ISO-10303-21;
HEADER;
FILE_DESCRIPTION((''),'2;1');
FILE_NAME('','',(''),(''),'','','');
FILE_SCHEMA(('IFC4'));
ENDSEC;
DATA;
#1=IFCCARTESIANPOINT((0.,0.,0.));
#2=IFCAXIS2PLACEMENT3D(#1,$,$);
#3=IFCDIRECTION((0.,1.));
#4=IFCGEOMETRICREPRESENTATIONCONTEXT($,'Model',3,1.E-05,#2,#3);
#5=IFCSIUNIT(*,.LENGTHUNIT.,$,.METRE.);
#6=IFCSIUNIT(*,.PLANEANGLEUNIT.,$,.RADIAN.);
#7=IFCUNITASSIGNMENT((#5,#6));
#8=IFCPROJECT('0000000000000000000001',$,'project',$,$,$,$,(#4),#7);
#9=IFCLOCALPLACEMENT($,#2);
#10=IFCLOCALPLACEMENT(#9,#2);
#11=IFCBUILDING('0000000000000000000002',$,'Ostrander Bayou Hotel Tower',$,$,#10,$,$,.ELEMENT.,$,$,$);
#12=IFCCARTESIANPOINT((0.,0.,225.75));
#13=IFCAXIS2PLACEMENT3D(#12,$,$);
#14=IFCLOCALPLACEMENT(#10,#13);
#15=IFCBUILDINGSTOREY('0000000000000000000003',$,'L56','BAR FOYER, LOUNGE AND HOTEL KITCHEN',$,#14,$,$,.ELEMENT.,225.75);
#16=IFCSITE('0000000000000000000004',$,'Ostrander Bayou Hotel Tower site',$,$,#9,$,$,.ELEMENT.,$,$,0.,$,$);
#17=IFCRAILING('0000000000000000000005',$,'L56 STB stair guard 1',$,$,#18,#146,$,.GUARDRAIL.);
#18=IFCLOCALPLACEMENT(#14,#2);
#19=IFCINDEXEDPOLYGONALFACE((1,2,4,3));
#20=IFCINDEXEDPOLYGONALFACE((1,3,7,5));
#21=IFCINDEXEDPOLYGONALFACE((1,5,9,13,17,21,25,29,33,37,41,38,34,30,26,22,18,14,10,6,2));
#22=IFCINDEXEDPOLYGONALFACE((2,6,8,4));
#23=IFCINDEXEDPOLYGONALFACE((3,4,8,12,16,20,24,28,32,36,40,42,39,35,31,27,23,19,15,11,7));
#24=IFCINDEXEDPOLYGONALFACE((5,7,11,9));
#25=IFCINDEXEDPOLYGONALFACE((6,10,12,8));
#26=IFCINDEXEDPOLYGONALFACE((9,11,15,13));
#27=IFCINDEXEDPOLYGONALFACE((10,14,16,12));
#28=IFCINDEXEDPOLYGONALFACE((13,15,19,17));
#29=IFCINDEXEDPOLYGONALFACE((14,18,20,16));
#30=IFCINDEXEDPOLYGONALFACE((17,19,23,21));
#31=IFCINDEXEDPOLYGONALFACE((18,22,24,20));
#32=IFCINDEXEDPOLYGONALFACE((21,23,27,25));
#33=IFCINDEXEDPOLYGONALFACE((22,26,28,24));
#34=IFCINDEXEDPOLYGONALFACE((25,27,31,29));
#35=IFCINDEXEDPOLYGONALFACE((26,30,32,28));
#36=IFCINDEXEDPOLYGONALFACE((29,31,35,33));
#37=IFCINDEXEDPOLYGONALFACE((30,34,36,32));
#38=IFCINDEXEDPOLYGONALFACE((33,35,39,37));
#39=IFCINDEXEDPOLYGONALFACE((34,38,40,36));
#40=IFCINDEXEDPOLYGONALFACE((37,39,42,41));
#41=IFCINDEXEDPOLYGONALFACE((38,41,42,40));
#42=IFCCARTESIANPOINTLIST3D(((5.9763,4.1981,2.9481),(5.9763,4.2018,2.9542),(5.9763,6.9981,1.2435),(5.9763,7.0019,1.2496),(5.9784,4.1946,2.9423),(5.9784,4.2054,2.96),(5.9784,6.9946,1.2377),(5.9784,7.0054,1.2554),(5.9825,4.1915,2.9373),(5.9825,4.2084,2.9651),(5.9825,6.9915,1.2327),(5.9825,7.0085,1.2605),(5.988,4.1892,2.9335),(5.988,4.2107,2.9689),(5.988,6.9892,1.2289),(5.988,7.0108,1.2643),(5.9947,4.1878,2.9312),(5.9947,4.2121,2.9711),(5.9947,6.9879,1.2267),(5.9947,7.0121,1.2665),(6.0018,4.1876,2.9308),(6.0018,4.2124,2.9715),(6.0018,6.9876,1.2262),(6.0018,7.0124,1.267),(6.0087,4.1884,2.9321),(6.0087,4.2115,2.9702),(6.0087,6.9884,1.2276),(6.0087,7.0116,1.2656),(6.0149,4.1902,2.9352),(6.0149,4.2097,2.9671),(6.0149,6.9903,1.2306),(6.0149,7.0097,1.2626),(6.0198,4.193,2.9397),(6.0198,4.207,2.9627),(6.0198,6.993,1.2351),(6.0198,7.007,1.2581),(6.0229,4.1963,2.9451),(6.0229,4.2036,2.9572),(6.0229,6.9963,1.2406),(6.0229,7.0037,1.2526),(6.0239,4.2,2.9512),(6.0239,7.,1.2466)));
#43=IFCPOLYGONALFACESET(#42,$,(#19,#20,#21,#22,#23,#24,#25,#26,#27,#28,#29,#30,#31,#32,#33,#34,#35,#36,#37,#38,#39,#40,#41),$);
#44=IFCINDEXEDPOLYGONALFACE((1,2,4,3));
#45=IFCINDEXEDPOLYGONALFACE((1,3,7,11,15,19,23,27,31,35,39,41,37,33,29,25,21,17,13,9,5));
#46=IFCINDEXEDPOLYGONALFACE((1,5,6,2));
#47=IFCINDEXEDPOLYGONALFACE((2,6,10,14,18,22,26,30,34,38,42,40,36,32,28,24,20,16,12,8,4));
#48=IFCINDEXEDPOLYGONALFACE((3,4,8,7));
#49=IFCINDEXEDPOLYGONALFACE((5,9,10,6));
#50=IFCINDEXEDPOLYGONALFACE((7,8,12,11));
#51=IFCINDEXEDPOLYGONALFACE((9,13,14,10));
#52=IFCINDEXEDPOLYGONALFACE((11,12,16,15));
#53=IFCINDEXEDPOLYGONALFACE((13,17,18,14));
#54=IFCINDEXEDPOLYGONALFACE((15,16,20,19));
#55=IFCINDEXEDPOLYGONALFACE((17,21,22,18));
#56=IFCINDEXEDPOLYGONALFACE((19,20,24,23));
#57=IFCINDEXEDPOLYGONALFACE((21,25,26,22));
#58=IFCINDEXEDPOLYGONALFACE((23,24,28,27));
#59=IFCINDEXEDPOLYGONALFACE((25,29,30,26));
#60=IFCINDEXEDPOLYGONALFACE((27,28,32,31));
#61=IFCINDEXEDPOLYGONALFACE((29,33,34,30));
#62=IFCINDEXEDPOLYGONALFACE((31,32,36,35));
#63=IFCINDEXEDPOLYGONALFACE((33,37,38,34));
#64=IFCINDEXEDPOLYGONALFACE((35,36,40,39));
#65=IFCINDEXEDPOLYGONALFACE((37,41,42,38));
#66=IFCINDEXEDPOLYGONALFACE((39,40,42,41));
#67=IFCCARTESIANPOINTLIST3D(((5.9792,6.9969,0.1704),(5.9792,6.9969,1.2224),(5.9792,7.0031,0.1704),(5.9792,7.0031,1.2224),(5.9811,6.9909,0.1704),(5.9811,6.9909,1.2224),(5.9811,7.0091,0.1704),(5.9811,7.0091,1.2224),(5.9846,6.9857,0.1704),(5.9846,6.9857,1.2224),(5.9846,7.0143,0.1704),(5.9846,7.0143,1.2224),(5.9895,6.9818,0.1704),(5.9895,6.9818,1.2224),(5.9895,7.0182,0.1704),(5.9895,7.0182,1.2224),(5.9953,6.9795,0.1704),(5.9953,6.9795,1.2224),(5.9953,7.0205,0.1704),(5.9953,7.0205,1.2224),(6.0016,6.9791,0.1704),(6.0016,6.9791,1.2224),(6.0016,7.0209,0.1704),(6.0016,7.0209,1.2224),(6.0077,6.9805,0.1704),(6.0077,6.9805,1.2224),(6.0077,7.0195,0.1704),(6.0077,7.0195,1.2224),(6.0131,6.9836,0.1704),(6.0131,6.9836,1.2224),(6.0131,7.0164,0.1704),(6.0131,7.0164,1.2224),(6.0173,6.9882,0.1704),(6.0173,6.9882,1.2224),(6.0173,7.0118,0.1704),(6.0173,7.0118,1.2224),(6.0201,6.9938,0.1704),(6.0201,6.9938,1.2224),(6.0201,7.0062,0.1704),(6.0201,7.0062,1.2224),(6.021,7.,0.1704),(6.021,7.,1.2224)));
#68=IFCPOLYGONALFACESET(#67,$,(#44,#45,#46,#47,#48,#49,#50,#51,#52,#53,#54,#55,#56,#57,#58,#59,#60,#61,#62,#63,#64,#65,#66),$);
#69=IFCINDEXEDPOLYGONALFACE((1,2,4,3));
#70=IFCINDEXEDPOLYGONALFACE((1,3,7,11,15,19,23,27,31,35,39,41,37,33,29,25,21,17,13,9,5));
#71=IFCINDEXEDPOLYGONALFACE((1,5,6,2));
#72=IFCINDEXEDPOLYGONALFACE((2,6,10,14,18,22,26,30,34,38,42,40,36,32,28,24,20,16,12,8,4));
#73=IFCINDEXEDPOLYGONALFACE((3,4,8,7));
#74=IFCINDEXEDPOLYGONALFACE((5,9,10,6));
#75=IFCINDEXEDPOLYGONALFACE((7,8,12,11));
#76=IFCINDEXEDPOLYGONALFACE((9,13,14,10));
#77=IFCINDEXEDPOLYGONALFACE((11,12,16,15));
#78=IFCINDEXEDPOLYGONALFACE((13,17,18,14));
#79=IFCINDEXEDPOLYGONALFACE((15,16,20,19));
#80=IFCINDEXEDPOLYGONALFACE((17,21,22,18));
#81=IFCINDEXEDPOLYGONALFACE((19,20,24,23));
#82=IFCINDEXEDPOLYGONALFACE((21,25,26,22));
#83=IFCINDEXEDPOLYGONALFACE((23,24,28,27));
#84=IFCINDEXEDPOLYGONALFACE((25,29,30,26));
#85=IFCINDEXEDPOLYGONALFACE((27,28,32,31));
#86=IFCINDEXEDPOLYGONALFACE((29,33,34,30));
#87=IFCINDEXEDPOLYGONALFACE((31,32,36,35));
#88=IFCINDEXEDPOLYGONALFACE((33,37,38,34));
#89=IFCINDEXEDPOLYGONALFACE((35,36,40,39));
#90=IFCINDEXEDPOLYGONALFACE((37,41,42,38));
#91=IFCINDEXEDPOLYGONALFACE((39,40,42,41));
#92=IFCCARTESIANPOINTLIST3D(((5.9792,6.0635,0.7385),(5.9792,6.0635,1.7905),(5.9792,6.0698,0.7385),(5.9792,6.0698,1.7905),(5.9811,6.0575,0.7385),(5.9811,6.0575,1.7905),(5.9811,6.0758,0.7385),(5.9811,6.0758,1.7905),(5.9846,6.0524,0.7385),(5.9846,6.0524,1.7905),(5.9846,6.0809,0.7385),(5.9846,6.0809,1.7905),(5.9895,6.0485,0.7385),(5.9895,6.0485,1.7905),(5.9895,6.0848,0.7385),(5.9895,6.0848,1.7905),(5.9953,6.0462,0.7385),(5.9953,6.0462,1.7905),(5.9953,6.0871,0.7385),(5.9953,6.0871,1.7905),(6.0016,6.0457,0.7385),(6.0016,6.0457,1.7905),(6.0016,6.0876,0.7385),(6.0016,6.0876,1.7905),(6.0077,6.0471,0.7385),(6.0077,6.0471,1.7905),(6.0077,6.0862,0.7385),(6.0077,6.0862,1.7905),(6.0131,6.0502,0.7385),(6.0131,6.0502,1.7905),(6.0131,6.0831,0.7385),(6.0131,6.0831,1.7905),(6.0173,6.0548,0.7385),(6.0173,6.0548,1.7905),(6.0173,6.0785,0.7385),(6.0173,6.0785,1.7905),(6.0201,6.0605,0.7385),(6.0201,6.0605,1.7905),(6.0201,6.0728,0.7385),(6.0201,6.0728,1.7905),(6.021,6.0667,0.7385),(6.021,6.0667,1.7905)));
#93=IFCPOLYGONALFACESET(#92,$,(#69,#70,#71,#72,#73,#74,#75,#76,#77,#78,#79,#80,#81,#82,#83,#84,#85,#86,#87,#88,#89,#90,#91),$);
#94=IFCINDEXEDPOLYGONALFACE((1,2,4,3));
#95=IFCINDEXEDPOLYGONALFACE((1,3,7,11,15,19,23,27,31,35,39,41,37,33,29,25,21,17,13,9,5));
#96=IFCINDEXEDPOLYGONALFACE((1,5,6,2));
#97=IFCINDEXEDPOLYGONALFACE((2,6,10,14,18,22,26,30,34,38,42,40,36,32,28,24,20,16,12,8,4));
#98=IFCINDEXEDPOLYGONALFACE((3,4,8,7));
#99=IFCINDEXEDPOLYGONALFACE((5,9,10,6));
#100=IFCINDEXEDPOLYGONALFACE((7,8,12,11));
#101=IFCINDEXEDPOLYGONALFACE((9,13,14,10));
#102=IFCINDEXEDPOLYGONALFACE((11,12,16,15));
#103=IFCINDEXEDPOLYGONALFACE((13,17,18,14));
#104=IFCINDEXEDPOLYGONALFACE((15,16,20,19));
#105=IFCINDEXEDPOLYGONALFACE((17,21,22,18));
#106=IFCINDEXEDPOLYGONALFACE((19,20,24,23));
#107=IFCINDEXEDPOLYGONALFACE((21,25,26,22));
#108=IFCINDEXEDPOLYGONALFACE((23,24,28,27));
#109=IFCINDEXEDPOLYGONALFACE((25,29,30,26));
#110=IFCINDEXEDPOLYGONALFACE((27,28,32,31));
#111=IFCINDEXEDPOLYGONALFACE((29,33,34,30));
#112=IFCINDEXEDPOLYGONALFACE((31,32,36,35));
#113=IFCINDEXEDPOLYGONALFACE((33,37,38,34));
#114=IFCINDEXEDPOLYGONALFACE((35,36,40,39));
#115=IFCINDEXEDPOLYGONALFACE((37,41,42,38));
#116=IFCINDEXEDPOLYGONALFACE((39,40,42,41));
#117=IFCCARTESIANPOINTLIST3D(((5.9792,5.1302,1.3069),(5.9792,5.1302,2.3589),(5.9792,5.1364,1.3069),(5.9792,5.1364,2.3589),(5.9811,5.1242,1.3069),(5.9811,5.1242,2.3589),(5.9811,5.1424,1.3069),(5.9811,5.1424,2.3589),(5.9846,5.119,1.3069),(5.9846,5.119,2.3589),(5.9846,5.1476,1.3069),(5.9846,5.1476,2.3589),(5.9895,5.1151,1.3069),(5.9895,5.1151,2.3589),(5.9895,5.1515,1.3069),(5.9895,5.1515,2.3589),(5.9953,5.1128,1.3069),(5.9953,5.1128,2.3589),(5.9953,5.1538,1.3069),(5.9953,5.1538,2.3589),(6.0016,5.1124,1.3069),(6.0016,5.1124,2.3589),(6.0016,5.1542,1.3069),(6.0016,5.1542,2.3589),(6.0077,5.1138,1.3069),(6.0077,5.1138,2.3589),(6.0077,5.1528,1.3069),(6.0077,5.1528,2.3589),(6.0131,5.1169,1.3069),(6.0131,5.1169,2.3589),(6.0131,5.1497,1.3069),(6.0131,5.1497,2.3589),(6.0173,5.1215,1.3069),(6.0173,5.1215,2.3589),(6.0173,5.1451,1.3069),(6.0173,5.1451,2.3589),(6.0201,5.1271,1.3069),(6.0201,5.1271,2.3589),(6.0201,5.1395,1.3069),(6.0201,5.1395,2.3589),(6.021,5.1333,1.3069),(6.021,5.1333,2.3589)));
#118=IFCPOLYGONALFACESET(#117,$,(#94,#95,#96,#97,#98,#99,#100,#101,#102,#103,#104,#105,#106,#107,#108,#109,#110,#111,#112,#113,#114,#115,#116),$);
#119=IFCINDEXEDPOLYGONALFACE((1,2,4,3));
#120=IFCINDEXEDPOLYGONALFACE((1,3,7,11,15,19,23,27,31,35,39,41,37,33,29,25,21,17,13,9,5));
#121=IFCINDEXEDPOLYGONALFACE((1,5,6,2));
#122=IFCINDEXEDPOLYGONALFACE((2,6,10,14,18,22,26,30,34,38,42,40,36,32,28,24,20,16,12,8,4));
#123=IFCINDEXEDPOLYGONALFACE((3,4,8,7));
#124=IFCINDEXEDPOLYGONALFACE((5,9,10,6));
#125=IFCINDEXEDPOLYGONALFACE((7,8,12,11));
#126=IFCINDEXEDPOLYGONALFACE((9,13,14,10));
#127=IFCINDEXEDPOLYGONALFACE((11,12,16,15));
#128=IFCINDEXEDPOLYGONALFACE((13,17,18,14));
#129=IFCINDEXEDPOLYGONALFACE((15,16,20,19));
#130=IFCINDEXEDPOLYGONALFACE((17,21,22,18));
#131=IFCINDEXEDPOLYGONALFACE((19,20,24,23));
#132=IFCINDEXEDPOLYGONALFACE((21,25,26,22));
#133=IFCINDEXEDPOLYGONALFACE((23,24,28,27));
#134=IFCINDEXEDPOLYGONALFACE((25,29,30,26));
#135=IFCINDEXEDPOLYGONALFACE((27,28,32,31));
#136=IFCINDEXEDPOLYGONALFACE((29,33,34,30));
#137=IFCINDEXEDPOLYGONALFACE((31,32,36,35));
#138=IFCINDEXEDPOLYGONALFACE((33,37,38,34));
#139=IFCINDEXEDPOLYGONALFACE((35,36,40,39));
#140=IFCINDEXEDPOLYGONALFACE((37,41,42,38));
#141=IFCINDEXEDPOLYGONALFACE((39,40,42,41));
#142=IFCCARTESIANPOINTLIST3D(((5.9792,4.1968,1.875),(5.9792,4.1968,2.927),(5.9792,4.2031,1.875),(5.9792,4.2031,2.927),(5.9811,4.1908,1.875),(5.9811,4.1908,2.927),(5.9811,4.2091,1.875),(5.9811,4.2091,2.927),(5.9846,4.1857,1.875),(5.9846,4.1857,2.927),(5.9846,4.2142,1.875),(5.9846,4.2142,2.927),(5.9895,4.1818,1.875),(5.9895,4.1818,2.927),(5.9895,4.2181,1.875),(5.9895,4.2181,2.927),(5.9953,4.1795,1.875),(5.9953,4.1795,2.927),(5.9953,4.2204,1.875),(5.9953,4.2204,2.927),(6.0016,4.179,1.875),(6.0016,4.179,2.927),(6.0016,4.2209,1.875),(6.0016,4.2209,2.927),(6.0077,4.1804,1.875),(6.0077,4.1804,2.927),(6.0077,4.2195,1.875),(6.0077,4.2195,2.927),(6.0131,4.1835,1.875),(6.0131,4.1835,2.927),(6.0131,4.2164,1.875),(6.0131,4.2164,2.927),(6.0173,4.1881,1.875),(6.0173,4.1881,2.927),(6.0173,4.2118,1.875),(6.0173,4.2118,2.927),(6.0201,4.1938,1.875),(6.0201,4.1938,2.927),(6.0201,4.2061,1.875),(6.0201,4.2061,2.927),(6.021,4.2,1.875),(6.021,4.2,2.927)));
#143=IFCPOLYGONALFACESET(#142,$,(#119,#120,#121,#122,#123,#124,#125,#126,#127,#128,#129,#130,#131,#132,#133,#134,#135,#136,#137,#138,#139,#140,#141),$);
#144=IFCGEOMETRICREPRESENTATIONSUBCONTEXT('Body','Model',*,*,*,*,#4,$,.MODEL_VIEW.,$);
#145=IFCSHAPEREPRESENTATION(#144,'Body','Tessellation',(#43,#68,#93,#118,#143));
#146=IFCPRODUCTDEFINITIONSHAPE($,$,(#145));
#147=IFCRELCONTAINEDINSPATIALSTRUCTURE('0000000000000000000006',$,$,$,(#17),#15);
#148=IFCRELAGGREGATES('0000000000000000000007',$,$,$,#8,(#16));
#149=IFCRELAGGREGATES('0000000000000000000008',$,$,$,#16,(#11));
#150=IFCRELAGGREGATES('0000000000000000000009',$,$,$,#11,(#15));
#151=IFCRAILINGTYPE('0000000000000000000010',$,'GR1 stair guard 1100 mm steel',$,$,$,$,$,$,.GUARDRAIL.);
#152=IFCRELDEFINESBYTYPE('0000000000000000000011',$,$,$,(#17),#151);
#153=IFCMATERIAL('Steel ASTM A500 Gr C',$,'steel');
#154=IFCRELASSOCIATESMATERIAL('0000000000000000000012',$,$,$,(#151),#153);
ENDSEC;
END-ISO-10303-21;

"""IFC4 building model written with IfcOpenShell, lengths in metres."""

from ifc_helpers import new_model, si_unit, direction, frame, origin, origin_2d, place, context, subcontext, project, spatial, circle, extrude, material, type_object, element, save


model = new_model("IFC4")

# Units and contexts
model_context = context("Model", 3, precision=1e-05, world=origin(), true_north=direction((0.0, 1.0)))
body_context = subcontext(model_context, "Body", "Model", "MODEL_VIEW")
ifc_project = project(units=[si_unit("LENGTHUNIT", "METRE"), si_unit("PLANEANGLEUNIT", "RADIAN")], contexts=[model_context])

# Site, building, storey
site_placement = place(None, origin())
site = spatial("IfcSite", under=ifc_project, at=site_placement, Name="Ostrander Bayou Hotel Tower site", CompositionType="ELEMENT", RefElevation=0.0)
building_placement = place(site_placement, origin())
building = spatial("IfcBuilding", under=site, at=building_placement, Name="Ostrander Bayou Hotel Tower", CompositionType="ELEMENT")
storey_placement = place(building_placement, frame((0.0, 0.0, 225.75)))
storey = spatial("IfcBuildingStorey", under=building, at=storey_placement, Name="L56", Description="BAR FOYER, LOUNGE AND HOTEL KITCHEN", CompositionType="ELEMENT", Elevation=225.75)

# Railing
ifc_material_1 = material(Name="Steel ASTM A500 Gr C", Category="steel")
railing_type_1 = type_object("IfcRailingType", Name="GR1 stair guard 1100 mm steel", PredefinedType="GUARDRAIL", material=ifc_material_1)
railing_1_placement = place(storey_placement, frame((6.0, 7.0, 0.1704)))
element("IfcRailing", 1, at=railing_1_placement, inside=storey, type_object=railing_type_1, Name="L56 STB stair guard 1", PredefinedType="GUARDRAIL", context=body_context, shape_type="SweptSolid", body=[
    extrude(circle(Radius=0.0239, at=origin_2d()), frame((0.0, 0.0, 1.0762), z_axis=(0.0, -0.85417, 0.519994), x_axis=(1.0, 0.0, 0.0)), (0.0, 0.0, 1.0), 3.2781),
    extrude(circle(Radius=0.021, at=origin_2d()), origin(), (0.0, 0.0, 1.0), 1.052),
    extrude(circle(Radius=0.021, at=origin_2d()), frame((0.0, -0.9333, 0.5681)), (0.0, 0.0, 1.0), 1.052),
    extrude(circle(Radius=0.021, at=origin_2d()), frame((0.0, -1.8667, 1.1365)), (0.0, 0.0, 1.0), 1.052),
    extrude(circle(Radius=0.021, at=origin_2d()), frame((0.0, -2.8, 1.7046)), (0.0, 0.0, 1.0), 1.052),
])

save(model, "model.ifc")
